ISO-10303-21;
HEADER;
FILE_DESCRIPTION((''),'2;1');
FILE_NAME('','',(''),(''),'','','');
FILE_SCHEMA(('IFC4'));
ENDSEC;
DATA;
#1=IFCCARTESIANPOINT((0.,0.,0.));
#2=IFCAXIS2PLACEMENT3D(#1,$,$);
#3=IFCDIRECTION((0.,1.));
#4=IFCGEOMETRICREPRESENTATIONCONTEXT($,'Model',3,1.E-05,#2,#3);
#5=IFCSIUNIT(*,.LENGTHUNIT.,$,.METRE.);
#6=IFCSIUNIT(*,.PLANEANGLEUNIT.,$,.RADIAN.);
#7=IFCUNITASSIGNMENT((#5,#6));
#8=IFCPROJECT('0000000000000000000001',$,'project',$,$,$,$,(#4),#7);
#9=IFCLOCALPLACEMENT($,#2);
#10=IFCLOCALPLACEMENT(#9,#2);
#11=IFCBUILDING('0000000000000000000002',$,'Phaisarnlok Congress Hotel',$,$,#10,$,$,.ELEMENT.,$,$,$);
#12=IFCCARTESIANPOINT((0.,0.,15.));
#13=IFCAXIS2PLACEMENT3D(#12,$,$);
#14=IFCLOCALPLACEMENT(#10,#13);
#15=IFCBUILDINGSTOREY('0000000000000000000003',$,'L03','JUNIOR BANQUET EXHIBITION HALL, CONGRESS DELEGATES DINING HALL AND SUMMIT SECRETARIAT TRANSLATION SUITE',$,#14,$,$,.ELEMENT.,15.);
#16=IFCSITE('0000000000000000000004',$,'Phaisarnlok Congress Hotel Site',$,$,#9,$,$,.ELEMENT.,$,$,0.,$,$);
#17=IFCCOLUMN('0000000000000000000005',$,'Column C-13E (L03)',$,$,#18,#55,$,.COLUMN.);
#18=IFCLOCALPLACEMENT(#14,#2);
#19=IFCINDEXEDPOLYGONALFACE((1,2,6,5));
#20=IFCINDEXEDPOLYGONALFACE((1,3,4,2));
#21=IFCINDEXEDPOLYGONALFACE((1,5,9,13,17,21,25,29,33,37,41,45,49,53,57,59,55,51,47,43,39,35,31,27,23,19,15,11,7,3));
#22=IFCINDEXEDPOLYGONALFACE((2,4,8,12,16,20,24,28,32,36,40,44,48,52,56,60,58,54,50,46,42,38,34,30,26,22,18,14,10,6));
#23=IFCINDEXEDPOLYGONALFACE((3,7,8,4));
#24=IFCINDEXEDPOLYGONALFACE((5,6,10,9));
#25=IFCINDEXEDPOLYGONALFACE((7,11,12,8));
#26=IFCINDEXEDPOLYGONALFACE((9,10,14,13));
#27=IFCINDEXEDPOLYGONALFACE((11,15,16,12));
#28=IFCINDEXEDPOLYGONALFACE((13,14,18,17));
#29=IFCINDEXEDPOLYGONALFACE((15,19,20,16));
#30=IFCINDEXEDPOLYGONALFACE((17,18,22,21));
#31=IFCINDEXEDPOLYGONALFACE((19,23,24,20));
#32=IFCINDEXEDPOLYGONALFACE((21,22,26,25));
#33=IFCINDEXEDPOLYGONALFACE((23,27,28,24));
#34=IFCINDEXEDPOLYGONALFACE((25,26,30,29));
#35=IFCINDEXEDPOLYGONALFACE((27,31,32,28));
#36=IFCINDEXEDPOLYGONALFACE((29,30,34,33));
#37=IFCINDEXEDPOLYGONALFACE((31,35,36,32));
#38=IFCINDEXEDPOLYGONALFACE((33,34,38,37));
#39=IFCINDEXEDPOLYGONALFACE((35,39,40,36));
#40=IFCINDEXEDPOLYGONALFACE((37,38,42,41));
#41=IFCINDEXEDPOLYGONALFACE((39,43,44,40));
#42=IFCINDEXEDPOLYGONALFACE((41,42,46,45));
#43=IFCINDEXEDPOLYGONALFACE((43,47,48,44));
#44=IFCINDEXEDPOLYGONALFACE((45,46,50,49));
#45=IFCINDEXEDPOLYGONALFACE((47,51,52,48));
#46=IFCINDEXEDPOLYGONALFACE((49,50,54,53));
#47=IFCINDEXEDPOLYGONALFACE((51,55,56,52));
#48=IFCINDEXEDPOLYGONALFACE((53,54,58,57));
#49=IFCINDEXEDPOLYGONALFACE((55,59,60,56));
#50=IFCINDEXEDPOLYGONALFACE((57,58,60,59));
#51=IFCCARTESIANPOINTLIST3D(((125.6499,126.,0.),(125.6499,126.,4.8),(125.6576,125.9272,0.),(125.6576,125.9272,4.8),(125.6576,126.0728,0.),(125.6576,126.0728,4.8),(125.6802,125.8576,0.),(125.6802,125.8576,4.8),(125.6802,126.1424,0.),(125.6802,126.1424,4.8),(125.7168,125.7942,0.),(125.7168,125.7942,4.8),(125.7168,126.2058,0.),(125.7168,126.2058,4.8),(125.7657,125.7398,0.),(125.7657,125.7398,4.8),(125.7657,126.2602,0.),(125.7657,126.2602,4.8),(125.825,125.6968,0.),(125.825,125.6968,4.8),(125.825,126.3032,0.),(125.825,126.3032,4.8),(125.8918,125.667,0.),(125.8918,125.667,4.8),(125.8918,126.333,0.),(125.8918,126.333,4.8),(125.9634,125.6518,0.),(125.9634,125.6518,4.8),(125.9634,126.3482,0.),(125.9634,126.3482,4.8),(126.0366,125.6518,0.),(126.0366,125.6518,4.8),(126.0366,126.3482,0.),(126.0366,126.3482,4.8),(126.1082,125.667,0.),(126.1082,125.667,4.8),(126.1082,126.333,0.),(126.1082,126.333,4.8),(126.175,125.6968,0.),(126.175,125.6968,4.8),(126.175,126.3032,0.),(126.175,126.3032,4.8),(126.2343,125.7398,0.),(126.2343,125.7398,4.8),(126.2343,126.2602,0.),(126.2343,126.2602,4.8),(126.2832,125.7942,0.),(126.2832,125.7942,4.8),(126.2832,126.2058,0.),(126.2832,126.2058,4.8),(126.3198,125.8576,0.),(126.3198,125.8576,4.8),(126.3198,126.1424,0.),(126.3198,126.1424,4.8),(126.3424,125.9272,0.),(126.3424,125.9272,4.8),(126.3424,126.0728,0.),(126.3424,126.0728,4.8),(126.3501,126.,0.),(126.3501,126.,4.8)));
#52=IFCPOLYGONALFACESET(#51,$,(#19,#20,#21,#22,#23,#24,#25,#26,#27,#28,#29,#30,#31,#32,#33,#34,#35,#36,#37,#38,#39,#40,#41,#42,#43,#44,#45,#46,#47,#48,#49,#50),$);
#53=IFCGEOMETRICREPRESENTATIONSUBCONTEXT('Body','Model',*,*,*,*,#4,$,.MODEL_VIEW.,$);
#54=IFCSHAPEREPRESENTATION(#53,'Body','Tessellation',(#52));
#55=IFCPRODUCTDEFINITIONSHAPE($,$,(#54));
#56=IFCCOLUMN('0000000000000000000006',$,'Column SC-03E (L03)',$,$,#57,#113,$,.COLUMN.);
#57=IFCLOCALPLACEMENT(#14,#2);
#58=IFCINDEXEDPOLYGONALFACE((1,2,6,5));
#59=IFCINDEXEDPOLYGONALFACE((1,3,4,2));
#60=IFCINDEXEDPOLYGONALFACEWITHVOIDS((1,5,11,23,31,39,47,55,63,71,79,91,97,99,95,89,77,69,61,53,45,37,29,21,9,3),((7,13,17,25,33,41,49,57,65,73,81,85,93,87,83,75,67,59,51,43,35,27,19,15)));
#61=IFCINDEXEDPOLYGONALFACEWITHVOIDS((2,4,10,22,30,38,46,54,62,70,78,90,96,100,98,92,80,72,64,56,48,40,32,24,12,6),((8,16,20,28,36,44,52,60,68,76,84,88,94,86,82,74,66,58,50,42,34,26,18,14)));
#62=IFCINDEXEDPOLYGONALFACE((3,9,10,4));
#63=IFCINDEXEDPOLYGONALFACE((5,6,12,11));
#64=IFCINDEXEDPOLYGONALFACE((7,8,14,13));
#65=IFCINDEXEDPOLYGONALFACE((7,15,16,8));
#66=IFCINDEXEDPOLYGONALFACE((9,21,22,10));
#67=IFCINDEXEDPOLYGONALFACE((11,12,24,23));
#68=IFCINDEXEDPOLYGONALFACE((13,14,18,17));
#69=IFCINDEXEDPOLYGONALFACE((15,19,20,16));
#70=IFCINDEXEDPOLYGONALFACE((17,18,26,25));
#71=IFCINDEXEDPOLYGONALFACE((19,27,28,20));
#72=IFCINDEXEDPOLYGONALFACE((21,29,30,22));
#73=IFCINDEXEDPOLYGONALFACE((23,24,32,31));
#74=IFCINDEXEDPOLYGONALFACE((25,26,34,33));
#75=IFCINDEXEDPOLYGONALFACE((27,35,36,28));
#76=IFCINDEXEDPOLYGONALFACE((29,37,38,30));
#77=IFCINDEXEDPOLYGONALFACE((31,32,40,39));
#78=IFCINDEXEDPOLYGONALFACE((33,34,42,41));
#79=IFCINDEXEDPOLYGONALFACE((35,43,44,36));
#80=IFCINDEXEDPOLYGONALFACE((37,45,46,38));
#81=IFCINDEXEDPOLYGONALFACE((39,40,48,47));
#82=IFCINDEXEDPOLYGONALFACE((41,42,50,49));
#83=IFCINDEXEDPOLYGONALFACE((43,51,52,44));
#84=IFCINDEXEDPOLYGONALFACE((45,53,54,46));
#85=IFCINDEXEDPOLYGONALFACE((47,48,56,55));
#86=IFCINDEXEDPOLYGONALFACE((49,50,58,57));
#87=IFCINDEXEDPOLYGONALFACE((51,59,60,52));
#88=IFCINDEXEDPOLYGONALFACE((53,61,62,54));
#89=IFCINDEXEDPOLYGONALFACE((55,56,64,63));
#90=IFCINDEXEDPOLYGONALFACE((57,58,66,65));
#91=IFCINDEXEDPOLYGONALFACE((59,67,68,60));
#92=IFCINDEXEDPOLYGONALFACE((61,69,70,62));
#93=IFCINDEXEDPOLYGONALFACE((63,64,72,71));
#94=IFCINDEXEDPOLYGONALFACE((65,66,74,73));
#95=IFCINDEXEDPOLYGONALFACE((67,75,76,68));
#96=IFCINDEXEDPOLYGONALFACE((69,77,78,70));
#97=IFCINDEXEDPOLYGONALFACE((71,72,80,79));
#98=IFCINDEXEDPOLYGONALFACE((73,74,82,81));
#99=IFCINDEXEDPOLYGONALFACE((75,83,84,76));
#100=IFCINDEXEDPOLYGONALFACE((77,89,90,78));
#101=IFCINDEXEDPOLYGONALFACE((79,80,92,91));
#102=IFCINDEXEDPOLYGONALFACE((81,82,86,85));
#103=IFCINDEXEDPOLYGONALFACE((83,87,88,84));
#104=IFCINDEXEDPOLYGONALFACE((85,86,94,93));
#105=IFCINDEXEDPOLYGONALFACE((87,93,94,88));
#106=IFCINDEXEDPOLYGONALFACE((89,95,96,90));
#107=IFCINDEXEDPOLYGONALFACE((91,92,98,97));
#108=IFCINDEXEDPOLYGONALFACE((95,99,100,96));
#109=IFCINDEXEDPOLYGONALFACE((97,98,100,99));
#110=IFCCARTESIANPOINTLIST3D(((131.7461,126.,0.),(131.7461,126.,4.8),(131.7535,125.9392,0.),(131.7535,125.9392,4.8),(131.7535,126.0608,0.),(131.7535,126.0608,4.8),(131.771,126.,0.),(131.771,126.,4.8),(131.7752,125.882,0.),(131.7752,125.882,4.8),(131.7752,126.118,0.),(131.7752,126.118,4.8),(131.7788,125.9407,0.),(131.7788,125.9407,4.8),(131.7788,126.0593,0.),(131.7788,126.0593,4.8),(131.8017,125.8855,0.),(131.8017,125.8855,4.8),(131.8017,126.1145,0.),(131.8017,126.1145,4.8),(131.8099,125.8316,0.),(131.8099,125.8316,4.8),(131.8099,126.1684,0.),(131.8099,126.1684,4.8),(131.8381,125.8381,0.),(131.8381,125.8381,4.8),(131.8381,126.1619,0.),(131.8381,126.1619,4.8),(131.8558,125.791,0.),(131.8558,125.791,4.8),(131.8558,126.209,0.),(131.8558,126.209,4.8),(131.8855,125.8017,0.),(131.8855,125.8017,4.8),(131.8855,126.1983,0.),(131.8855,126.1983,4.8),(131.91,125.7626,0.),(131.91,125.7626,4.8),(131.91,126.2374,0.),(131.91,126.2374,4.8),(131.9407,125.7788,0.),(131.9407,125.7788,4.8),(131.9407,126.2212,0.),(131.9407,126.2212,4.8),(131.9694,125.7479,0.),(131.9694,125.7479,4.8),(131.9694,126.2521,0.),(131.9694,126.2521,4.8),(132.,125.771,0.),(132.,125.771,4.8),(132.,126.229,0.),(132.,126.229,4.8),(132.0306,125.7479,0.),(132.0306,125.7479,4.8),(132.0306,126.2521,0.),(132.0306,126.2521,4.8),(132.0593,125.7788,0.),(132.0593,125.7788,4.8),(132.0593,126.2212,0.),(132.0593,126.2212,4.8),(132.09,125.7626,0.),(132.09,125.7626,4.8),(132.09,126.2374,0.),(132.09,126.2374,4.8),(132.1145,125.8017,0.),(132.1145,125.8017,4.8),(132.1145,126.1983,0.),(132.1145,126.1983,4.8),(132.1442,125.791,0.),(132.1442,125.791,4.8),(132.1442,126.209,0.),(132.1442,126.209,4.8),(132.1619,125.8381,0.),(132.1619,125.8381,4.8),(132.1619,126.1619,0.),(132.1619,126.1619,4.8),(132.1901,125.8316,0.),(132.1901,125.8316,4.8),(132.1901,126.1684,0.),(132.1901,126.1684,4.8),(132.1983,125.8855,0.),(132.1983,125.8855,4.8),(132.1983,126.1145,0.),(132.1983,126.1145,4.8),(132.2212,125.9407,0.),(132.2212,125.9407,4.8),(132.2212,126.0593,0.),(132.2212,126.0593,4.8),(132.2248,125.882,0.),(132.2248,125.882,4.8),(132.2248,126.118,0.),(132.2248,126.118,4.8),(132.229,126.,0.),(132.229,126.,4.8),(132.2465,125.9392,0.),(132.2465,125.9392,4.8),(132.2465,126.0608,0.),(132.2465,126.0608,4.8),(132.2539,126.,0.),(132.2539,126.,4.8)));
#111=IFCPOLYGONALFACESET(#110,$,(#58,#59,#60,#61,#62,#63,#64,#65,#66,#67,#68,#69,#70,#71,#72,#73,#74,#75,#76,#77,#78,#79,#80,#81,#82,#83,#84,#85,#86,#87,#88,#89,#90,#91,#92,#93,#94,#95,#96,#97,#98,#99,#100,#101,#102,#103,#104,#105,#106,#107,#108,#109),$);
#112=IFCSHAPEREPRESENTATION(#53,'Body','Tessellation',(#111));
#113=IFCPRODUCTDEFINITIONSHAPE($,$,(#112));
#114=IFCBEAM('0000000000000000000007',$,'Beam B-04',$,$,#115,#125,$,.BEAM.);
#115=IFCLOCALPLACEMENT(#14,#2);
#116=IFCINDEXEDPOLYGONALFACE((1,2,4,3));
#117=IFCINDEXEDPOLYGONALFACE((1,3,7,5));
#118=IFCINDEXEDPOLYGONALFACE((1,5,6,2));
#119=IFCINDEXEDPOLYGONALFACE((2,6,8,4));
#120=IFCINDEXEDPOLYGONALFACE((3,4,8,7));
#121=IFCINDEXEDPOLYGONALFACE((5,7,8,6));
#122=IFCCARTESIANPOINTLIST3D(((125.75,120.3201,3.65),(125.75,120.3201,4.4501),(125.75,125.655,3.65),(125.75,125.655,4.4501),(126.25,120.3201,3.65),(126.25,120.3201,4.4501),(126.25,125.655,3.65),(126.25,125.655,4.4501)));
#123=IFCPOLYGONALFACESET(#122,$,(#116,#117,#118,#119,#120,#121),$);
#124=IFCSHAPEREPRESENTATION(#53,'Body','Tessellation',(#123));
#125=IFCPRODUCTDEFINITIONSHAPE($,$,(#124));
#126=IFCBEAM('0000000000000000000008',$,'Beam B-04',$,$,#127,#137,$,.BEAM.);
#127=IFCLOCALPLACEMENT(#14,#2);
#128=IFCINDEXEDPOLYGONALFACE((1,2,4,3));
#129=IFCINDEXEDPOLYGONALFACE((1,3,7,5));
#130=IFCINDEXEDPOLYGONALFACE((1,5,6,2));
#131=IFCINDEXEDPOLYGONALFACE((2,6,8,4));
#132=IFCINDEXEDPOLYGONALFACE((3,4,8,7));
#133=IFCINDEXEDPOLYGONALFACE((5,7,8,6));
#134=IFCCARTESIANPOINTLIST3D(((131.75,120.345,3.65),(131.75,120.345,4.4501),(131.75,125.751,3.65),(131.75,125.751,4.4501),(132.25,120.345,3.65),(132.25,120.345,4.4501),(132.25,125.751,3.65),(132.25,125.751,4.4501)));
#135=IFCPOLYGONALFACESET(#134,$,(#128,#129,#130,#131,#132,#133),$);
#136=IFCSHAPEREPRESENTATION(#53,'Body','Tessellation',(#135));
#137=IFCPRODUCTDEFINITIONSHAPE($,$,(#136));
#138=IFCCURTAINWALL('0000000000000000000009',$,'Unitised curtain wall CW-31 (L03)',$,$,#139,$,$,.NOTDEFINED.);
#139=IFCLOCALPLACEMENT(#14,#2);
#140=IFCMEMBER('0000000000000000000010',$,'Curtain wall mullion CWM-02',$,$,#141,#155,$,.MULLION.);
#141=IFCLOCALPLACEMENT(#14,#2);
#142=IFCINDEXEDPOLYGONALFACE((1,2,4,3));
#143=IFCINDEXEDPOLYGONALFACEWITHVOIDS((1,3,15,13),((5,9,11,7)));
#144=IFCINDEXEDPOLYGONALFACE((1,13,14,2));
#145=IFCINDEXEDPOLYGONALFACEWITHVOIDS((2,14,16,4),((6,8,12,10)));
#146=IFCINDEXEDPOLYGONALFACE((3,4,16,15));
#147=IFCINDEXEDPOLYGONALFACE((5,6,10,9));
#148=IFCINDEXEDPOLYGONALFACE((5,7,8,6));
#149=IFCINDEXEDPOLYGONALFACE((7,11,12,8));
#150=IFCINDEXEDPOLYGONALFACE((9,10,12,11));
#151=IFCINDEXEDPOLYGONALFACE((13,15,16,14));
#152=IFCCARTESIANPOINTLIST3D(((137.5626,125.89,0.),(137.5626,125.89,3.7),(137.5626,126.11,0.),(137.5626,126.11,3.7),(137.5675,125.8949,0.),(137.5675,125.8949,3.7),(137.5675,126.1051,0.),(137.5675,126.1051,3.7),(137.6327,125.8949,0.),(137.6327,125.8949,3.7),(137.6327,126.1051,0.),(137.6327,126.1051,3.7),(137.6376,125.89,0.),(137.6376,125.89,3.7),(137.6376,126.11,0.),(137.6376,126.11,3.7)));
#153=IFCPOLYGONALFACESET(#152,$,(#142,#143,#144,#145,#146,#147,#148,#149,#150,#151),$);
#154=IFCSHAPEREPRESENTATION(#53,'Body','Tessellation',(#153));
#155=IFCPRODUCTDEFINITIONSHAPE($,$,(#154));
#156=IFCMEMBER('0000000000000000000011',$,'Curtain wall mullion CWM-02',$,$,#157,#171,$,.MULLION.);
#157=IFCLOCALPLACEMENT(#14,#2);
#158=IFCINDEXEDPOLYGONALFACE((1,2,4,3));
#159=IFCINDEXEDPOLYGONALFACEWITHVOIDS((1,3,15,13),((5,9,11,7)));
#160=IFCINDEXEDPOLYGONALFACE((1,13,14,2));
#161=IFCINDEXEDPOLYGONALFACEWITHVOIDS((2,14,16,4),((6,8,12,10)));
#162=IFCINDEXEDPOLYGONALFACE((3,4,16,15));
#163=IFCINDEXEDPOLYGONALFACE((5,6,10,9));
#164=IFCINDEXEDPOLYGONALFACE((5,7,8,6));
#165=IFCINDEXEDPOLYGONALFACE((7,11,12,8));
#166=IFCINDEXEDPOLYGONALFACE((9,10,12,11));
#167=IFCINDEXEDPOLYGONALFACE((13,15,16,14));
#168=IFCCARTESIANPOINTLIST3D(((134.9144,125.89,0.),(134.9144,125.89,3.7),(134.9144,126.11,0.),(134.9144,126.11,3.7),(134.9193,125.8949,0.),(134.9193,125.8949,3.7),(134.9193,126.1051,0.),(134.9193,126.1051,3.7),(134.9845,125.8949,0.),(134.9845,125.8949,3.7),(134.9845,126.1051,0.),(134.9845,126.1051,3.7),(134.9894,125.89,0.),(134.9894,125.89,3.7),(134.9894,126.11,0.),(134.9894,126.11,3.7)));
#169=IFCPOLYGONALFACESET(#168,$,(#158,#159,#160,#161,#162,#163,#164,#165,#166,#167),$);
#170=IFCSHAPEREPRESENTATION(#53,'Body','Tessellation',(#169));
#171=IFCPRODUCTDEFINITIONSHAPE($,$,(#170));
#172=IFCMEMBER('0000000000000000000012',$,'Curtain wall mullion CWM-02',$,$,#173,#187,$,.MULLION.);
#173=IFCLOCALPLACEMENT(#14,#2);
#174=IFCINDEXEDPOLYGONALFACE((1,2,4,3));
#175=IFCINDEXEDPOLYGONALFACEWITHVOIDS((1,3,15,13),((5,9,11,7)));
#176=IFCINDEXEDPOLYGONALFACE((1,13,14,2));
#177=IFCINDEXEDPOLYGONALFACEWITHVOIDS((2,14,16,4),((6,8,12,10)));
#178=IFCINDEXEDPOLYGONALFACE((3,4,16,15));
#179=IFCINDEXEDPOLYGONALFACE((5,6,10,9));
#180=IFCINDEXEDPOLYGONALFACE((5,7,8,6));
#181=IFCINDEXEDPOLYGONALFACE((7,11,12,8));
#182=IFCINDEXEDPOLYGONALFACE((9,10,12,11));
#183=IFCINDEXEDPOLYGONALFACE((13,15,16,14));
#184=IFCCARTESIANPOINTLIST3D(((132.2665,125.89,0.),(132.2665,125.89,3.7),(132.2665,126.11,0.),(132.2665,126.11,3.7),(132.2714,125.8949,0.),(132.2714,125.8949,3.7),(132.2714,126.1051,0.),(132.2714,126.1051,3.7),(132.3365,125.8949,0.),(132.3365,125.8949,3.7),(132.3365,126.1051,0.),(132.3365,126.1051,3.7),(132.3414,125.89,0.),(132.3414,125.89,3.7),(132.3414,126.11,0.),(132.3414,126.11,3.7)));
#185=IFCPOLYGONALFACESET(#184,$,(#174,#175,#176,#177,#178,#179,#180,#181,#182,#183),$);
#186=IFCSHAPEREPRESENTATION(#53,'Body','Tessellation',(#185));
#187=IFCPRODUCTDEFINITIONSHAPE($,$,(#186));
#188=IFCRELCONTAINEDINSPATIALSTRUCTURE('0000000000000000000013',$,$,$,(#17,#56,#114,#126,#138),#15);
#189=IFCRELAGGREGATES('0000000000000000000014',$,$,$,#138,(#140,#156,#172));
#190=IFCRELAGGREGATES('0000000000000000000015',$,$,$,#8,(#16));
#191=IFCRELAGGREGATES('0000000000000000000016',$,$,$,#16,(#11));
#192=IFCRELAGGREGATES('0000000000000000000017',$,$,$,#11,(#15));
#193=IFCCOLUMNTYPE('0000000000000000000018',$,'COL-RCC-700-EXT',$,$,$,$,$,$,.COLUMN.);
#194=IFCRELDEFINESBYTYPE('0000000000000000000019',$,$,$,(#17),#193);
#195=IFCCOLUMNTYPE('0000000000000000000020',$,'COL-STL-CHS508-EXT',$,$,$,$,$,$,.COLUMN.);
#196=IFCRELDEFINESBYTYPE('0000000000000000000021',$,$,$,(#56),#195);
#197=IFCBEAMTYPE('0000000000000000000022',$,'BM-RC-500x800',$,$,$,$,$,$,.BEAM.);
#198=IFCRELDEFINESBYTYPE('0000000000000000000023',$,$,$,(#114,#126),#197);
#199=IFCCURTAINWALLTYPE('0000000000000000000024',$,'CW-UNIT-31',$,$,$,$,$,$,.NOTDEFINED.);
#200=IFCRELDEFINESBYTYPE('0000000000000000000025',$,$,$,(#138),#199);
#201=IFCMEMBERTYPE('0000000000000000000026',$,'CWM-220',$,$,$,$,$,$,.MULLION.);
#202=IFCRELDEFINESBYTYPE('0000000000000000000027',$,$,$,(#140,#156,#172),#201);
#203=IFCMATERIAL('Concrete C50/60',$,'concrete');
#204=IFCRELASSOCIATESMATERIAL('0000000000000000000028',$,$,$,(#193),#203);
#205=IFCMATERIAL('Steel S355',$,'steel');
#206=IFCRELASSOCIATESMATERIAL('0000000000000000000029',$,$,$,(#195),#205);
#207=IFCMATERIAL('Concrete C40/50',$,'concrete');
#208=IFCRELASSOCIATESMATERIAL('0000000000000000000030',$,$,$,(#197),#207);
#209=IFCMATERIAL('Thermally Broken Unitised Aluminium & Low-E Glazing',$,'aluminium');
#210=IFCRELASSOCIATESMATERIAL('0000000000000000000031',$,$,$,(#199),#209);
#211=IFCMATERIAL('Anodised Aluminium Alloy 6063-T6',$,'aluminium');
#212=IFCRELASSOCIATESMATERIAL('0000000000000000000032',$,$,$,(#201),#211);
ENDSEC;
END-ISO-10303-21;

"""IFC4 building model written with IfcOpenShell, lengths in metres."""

from ifc_helpers import new_model, si_unit, direction, frame, origin, origin_2d, place, context, subcontext, project, spatial, rectangle, hollow_rectangle, circle, hollow_circle, extrude, material, material_profile, profile_set, type_object, element, aggregate, save


model = new_model("IFC4")

# Units and contexts
model_context = context("Model", 3, precision=1e-05, world=origin(), true_north=direction((0.0, 1.0)))
body_context = subcontext(model_context, "Body", "Model", "MODEL_VIEW")
ifc_project = project(units=[si_unit("LENGTHUNIT", "METRE"), si_unit("PLANEANGLEUNIT", "RADIAN")], contexts=[model_context])

# Site, building, storey
site_placement = place(None, origin())
site = spatial("IfcSite", under=ifc_project, at=site_placement, Name="Phaisarnlok Congress Hotel Site", CompositionType="ELEMENT", RefElevation=0.0)
building_placement = place(site_placement, origin())
building = spatial("IfcBuilding", under=site, at=building_placement, Name="Phaisarnlok Congress Hotel", CompositionType="ELEMENT")
storey_placement = place(building_placement, frame((0.0, 0.0, 15.0)))
storey = spatial("IfcBuildingStorey", under=building, at=storey_placement, Name="L03", Description="JUNIOR BANQUET EXHIBITION HALL, CONGRESS DELEGATES DINING HALL AND SUMMIT SECRETARIAT TRANSLATION SUITE", CompositionType="ELEMENT", Elevation=15.0)

# Columns
ifc_material_1 = material(Name="Concrete C50/60", Category="concrete")
ifc_material_profile_1 = material_profile(ifc_material_1, circle(Radius=0.3501, at=origin_2d()), Name="RCC D700")
ifc_profile_set_1 = profile_set([ifc_material_profile_1], Name="Concrete C50/60")
column_type_1 = type_object("IfcColumnType", Name="COL-RCC-700-EXT", PredefinedType="COLUMN", material=ifc_profile_set_1)
column_1_placement = place(storey_placement, frame((126.0, 126.0, 0.0), z_axis=(0.0, 0.0, 1.0), x_axis=(1.0, 0.0, 0.0)))
element("IfcColumn", 1, at=column_1_placement, inside=storey, type_object=column_type_1, Name="Column C-13E (L03)", PredefinedType="COLUMN", context=body_context, shape_type="SweptSolid", body=[
    extrude(circle(Radius=0.3501, at=origin_2d()), origin(), (0.0, 0.0, 1.0), 4.8),
])
ifc_material_2 = material(Name="Steel S355", Category="steel")
ifc_material_profile_2 = material_profile(ifc_material_2, hollow_circle(Radius=0.2539, WallThickness=0.0249, at=origin_2d()), Name="CHS 508x25")
ifc_profile_set_2 = profile_set([ifc_material_profile_2], Name="Steel S355")
column_type_2 = type_object("IfcColumnType", Name="COL-STL-CHS508-EXT", PredefinedType="COLUMN", material=ifc_profile_set_2)
column_2_placement = place(storey_placement, frame((132.0, 126.0, 0.0), z_axis=(0.0, 0.0, 1.0), x_axis=(1.0, 0.0, 0.0)))
element("IfcColumn", 2, at=column_2_placement, inside=storey, type_object=column_type_2, Name="Column SC-03E (L03)", PredefinedType="COLUMN", context=body_context, shape_type="SweptSolid", body=[
    extrude(hollow_circle(Radius=0.2539, WallThickness=0.0249, at=origin_2d()), origin(), (0.0, 0.0, 1.0), 4.8),
])

# Beams
ifc_material_3 = material(Name="Concrete C40/50", Category="concrete")
ifc_material_profile_3 = material_profile(ifc_material_3, rectangle(XDim=0.5, YDim=0.8, at=origin_2d()), Name="RC 500x800")
ifc_profile_set_3 = profile_set([ifc_material_profile_3], Name="Concrete C40/50")
beam_type_1 = type_object("IfcBeamType", Name="BM-RC-500x800", PredefinedType="BEAM", material=ifc_profile_set_3)
beam_1_placement = place(storey_placement, frame((126.0, 120.3201, 4.05), z_axis=(0.0, 1.0, 0.0), x_axis=(-1.0, 0.0, 0.0)))
element("IfcBeam", 3, at=beam_1_placement, inside=storey, type_object=beam_type_1, Name="Beam B-04", PredefinedType="BEAM", context=body_context, shape_type="SweptSolid", body=[
    extrude(rectangle(XDim=0.5, YDim=0.8, at=origin_2d()), origin(), (0.0, 0.0, 1.0), 5.335),
])
beam_2_placement = place(storey_placement, frame((132.0, 120.345, 4.05), z_axis=(0.0, 1.0, 0.0), x_axis=(-1.0, 0.0, 0.0)))
element("IfcBeam", 4, at=beam_2_placement, inside=storey, type_object=beam_type_1, Name="Beam B-04", PredefinedType="BEAM", context=body_context, shape_type="SweptSolid", body=[
    extrude(rectangle(XDim=0.5, YDim=0.8, at=origin_2d()), origin(), (0.0, 0.0, 1.0), 5.406),
])

# Curtain wall, members
ifc_material_4 = material(Name="Thermally Broken Unitised Aluminium & Low-E Glazing", Category="aluminium")
curtain_wall_type_1 = type_object("IfcCurtainWallType", Name="CW-UNIT-31", PredefinedType="NOTDEFINED", material=ifc_material_4)
curtain_wall_1_placement = place(storey_placement, origin())
curtain_wall_1 = element("IfcCurtainWall", 5, at=curtain_wall_1_placement, inside=storey, type_object=curtain_wall_type_1, Name="Unitised curtain wall CW-31 (L03)", PredefinedType="NOTDEFINED")
ifc_material_5 = material(Name="Anodised Aluminium Alloy 6063-T6", Category="aluminium")
ifc_material_profile_4 = material_profile(ifc_material_5, hollow_rectangle(XDim=0.075, YDim=0.22, WallThickness=0.0049, at=origin_2d()), Name="ALU-M 75x220x5")
ifc_profile_set_4 = profile_set([ifc_material_profile_4], Name="Anodised Aluminium Alloy 6063-T6")
member_type_1 = type_object("IfcMemberType", Name="CWM-220", PredefinedType="MULLION", material=ifc_profile_set_4)
member_1_placement = place(storey_placement, frame((137.6001, 126.0, 0.0), z_axis=(0.0, 0.0, 1.0), x_axis=(-1.0, 0.0, 0.0)))
member_1 = element("IfcMember", 6, at=member_1_placement, type_object=member_type_1, Name="Curtain wall mullion CWM-02", PredefinedType="MULLION", context=body_context, shape_type="SweptSolid", body=[
    extrude(hollow_rectangle(XDim=0.075, YDim=0.22, WallThickness=0.0049, at=origin_2d()), origin(), (0.0, 0.0, 1.0), 3.7),
])
member_2_placement = place(storey_placement, frame((134.9519, 126.0, 0.0), z_axis=(0.0, 0.0, 1.0), x_axis=(-1.0, 0.0, 0.0)))
member_2 = element("IfcMember", 7, at=member_2_placement, type_object=member_type_1, Name="Curtain wall mullion CWM-02", PredefinedType="MULLION", context=body_context, shape_type="SweptSolid", body=[
    extrude(hollow_rectangle(XDim=0.075, YDim=0.22, WallThickness=0.0049, at=origin_2d()), origin(), (0.0, 0.0, 1.0), 3.7),
])
member_3_placement = place(storey_placement, frame((132.304, 126.0, 0.0), z_axis=(0.0, 0.0, 1.0), x_axis=(-1.0, 0.0, 0.0)))
member_3 = element("IfcMember", 8, at=member_3_placement, type_object=member_type_1, Name="Curtain wall mullion CWM-02", PredefinedType="MULLION", context=body_context, shape_type="SweptSolid", body=[
    extrude(hollow_rectangle(XDim=0.075, YDim=0.22, WallThickness=0.0049, at=origin_2d()), origin(), (0.0, 0.0, 1.0), 3.7),
])

aggregate(curtain_wall_1, [member_1, member_2, member_3])

save(model, "model.ifc")
